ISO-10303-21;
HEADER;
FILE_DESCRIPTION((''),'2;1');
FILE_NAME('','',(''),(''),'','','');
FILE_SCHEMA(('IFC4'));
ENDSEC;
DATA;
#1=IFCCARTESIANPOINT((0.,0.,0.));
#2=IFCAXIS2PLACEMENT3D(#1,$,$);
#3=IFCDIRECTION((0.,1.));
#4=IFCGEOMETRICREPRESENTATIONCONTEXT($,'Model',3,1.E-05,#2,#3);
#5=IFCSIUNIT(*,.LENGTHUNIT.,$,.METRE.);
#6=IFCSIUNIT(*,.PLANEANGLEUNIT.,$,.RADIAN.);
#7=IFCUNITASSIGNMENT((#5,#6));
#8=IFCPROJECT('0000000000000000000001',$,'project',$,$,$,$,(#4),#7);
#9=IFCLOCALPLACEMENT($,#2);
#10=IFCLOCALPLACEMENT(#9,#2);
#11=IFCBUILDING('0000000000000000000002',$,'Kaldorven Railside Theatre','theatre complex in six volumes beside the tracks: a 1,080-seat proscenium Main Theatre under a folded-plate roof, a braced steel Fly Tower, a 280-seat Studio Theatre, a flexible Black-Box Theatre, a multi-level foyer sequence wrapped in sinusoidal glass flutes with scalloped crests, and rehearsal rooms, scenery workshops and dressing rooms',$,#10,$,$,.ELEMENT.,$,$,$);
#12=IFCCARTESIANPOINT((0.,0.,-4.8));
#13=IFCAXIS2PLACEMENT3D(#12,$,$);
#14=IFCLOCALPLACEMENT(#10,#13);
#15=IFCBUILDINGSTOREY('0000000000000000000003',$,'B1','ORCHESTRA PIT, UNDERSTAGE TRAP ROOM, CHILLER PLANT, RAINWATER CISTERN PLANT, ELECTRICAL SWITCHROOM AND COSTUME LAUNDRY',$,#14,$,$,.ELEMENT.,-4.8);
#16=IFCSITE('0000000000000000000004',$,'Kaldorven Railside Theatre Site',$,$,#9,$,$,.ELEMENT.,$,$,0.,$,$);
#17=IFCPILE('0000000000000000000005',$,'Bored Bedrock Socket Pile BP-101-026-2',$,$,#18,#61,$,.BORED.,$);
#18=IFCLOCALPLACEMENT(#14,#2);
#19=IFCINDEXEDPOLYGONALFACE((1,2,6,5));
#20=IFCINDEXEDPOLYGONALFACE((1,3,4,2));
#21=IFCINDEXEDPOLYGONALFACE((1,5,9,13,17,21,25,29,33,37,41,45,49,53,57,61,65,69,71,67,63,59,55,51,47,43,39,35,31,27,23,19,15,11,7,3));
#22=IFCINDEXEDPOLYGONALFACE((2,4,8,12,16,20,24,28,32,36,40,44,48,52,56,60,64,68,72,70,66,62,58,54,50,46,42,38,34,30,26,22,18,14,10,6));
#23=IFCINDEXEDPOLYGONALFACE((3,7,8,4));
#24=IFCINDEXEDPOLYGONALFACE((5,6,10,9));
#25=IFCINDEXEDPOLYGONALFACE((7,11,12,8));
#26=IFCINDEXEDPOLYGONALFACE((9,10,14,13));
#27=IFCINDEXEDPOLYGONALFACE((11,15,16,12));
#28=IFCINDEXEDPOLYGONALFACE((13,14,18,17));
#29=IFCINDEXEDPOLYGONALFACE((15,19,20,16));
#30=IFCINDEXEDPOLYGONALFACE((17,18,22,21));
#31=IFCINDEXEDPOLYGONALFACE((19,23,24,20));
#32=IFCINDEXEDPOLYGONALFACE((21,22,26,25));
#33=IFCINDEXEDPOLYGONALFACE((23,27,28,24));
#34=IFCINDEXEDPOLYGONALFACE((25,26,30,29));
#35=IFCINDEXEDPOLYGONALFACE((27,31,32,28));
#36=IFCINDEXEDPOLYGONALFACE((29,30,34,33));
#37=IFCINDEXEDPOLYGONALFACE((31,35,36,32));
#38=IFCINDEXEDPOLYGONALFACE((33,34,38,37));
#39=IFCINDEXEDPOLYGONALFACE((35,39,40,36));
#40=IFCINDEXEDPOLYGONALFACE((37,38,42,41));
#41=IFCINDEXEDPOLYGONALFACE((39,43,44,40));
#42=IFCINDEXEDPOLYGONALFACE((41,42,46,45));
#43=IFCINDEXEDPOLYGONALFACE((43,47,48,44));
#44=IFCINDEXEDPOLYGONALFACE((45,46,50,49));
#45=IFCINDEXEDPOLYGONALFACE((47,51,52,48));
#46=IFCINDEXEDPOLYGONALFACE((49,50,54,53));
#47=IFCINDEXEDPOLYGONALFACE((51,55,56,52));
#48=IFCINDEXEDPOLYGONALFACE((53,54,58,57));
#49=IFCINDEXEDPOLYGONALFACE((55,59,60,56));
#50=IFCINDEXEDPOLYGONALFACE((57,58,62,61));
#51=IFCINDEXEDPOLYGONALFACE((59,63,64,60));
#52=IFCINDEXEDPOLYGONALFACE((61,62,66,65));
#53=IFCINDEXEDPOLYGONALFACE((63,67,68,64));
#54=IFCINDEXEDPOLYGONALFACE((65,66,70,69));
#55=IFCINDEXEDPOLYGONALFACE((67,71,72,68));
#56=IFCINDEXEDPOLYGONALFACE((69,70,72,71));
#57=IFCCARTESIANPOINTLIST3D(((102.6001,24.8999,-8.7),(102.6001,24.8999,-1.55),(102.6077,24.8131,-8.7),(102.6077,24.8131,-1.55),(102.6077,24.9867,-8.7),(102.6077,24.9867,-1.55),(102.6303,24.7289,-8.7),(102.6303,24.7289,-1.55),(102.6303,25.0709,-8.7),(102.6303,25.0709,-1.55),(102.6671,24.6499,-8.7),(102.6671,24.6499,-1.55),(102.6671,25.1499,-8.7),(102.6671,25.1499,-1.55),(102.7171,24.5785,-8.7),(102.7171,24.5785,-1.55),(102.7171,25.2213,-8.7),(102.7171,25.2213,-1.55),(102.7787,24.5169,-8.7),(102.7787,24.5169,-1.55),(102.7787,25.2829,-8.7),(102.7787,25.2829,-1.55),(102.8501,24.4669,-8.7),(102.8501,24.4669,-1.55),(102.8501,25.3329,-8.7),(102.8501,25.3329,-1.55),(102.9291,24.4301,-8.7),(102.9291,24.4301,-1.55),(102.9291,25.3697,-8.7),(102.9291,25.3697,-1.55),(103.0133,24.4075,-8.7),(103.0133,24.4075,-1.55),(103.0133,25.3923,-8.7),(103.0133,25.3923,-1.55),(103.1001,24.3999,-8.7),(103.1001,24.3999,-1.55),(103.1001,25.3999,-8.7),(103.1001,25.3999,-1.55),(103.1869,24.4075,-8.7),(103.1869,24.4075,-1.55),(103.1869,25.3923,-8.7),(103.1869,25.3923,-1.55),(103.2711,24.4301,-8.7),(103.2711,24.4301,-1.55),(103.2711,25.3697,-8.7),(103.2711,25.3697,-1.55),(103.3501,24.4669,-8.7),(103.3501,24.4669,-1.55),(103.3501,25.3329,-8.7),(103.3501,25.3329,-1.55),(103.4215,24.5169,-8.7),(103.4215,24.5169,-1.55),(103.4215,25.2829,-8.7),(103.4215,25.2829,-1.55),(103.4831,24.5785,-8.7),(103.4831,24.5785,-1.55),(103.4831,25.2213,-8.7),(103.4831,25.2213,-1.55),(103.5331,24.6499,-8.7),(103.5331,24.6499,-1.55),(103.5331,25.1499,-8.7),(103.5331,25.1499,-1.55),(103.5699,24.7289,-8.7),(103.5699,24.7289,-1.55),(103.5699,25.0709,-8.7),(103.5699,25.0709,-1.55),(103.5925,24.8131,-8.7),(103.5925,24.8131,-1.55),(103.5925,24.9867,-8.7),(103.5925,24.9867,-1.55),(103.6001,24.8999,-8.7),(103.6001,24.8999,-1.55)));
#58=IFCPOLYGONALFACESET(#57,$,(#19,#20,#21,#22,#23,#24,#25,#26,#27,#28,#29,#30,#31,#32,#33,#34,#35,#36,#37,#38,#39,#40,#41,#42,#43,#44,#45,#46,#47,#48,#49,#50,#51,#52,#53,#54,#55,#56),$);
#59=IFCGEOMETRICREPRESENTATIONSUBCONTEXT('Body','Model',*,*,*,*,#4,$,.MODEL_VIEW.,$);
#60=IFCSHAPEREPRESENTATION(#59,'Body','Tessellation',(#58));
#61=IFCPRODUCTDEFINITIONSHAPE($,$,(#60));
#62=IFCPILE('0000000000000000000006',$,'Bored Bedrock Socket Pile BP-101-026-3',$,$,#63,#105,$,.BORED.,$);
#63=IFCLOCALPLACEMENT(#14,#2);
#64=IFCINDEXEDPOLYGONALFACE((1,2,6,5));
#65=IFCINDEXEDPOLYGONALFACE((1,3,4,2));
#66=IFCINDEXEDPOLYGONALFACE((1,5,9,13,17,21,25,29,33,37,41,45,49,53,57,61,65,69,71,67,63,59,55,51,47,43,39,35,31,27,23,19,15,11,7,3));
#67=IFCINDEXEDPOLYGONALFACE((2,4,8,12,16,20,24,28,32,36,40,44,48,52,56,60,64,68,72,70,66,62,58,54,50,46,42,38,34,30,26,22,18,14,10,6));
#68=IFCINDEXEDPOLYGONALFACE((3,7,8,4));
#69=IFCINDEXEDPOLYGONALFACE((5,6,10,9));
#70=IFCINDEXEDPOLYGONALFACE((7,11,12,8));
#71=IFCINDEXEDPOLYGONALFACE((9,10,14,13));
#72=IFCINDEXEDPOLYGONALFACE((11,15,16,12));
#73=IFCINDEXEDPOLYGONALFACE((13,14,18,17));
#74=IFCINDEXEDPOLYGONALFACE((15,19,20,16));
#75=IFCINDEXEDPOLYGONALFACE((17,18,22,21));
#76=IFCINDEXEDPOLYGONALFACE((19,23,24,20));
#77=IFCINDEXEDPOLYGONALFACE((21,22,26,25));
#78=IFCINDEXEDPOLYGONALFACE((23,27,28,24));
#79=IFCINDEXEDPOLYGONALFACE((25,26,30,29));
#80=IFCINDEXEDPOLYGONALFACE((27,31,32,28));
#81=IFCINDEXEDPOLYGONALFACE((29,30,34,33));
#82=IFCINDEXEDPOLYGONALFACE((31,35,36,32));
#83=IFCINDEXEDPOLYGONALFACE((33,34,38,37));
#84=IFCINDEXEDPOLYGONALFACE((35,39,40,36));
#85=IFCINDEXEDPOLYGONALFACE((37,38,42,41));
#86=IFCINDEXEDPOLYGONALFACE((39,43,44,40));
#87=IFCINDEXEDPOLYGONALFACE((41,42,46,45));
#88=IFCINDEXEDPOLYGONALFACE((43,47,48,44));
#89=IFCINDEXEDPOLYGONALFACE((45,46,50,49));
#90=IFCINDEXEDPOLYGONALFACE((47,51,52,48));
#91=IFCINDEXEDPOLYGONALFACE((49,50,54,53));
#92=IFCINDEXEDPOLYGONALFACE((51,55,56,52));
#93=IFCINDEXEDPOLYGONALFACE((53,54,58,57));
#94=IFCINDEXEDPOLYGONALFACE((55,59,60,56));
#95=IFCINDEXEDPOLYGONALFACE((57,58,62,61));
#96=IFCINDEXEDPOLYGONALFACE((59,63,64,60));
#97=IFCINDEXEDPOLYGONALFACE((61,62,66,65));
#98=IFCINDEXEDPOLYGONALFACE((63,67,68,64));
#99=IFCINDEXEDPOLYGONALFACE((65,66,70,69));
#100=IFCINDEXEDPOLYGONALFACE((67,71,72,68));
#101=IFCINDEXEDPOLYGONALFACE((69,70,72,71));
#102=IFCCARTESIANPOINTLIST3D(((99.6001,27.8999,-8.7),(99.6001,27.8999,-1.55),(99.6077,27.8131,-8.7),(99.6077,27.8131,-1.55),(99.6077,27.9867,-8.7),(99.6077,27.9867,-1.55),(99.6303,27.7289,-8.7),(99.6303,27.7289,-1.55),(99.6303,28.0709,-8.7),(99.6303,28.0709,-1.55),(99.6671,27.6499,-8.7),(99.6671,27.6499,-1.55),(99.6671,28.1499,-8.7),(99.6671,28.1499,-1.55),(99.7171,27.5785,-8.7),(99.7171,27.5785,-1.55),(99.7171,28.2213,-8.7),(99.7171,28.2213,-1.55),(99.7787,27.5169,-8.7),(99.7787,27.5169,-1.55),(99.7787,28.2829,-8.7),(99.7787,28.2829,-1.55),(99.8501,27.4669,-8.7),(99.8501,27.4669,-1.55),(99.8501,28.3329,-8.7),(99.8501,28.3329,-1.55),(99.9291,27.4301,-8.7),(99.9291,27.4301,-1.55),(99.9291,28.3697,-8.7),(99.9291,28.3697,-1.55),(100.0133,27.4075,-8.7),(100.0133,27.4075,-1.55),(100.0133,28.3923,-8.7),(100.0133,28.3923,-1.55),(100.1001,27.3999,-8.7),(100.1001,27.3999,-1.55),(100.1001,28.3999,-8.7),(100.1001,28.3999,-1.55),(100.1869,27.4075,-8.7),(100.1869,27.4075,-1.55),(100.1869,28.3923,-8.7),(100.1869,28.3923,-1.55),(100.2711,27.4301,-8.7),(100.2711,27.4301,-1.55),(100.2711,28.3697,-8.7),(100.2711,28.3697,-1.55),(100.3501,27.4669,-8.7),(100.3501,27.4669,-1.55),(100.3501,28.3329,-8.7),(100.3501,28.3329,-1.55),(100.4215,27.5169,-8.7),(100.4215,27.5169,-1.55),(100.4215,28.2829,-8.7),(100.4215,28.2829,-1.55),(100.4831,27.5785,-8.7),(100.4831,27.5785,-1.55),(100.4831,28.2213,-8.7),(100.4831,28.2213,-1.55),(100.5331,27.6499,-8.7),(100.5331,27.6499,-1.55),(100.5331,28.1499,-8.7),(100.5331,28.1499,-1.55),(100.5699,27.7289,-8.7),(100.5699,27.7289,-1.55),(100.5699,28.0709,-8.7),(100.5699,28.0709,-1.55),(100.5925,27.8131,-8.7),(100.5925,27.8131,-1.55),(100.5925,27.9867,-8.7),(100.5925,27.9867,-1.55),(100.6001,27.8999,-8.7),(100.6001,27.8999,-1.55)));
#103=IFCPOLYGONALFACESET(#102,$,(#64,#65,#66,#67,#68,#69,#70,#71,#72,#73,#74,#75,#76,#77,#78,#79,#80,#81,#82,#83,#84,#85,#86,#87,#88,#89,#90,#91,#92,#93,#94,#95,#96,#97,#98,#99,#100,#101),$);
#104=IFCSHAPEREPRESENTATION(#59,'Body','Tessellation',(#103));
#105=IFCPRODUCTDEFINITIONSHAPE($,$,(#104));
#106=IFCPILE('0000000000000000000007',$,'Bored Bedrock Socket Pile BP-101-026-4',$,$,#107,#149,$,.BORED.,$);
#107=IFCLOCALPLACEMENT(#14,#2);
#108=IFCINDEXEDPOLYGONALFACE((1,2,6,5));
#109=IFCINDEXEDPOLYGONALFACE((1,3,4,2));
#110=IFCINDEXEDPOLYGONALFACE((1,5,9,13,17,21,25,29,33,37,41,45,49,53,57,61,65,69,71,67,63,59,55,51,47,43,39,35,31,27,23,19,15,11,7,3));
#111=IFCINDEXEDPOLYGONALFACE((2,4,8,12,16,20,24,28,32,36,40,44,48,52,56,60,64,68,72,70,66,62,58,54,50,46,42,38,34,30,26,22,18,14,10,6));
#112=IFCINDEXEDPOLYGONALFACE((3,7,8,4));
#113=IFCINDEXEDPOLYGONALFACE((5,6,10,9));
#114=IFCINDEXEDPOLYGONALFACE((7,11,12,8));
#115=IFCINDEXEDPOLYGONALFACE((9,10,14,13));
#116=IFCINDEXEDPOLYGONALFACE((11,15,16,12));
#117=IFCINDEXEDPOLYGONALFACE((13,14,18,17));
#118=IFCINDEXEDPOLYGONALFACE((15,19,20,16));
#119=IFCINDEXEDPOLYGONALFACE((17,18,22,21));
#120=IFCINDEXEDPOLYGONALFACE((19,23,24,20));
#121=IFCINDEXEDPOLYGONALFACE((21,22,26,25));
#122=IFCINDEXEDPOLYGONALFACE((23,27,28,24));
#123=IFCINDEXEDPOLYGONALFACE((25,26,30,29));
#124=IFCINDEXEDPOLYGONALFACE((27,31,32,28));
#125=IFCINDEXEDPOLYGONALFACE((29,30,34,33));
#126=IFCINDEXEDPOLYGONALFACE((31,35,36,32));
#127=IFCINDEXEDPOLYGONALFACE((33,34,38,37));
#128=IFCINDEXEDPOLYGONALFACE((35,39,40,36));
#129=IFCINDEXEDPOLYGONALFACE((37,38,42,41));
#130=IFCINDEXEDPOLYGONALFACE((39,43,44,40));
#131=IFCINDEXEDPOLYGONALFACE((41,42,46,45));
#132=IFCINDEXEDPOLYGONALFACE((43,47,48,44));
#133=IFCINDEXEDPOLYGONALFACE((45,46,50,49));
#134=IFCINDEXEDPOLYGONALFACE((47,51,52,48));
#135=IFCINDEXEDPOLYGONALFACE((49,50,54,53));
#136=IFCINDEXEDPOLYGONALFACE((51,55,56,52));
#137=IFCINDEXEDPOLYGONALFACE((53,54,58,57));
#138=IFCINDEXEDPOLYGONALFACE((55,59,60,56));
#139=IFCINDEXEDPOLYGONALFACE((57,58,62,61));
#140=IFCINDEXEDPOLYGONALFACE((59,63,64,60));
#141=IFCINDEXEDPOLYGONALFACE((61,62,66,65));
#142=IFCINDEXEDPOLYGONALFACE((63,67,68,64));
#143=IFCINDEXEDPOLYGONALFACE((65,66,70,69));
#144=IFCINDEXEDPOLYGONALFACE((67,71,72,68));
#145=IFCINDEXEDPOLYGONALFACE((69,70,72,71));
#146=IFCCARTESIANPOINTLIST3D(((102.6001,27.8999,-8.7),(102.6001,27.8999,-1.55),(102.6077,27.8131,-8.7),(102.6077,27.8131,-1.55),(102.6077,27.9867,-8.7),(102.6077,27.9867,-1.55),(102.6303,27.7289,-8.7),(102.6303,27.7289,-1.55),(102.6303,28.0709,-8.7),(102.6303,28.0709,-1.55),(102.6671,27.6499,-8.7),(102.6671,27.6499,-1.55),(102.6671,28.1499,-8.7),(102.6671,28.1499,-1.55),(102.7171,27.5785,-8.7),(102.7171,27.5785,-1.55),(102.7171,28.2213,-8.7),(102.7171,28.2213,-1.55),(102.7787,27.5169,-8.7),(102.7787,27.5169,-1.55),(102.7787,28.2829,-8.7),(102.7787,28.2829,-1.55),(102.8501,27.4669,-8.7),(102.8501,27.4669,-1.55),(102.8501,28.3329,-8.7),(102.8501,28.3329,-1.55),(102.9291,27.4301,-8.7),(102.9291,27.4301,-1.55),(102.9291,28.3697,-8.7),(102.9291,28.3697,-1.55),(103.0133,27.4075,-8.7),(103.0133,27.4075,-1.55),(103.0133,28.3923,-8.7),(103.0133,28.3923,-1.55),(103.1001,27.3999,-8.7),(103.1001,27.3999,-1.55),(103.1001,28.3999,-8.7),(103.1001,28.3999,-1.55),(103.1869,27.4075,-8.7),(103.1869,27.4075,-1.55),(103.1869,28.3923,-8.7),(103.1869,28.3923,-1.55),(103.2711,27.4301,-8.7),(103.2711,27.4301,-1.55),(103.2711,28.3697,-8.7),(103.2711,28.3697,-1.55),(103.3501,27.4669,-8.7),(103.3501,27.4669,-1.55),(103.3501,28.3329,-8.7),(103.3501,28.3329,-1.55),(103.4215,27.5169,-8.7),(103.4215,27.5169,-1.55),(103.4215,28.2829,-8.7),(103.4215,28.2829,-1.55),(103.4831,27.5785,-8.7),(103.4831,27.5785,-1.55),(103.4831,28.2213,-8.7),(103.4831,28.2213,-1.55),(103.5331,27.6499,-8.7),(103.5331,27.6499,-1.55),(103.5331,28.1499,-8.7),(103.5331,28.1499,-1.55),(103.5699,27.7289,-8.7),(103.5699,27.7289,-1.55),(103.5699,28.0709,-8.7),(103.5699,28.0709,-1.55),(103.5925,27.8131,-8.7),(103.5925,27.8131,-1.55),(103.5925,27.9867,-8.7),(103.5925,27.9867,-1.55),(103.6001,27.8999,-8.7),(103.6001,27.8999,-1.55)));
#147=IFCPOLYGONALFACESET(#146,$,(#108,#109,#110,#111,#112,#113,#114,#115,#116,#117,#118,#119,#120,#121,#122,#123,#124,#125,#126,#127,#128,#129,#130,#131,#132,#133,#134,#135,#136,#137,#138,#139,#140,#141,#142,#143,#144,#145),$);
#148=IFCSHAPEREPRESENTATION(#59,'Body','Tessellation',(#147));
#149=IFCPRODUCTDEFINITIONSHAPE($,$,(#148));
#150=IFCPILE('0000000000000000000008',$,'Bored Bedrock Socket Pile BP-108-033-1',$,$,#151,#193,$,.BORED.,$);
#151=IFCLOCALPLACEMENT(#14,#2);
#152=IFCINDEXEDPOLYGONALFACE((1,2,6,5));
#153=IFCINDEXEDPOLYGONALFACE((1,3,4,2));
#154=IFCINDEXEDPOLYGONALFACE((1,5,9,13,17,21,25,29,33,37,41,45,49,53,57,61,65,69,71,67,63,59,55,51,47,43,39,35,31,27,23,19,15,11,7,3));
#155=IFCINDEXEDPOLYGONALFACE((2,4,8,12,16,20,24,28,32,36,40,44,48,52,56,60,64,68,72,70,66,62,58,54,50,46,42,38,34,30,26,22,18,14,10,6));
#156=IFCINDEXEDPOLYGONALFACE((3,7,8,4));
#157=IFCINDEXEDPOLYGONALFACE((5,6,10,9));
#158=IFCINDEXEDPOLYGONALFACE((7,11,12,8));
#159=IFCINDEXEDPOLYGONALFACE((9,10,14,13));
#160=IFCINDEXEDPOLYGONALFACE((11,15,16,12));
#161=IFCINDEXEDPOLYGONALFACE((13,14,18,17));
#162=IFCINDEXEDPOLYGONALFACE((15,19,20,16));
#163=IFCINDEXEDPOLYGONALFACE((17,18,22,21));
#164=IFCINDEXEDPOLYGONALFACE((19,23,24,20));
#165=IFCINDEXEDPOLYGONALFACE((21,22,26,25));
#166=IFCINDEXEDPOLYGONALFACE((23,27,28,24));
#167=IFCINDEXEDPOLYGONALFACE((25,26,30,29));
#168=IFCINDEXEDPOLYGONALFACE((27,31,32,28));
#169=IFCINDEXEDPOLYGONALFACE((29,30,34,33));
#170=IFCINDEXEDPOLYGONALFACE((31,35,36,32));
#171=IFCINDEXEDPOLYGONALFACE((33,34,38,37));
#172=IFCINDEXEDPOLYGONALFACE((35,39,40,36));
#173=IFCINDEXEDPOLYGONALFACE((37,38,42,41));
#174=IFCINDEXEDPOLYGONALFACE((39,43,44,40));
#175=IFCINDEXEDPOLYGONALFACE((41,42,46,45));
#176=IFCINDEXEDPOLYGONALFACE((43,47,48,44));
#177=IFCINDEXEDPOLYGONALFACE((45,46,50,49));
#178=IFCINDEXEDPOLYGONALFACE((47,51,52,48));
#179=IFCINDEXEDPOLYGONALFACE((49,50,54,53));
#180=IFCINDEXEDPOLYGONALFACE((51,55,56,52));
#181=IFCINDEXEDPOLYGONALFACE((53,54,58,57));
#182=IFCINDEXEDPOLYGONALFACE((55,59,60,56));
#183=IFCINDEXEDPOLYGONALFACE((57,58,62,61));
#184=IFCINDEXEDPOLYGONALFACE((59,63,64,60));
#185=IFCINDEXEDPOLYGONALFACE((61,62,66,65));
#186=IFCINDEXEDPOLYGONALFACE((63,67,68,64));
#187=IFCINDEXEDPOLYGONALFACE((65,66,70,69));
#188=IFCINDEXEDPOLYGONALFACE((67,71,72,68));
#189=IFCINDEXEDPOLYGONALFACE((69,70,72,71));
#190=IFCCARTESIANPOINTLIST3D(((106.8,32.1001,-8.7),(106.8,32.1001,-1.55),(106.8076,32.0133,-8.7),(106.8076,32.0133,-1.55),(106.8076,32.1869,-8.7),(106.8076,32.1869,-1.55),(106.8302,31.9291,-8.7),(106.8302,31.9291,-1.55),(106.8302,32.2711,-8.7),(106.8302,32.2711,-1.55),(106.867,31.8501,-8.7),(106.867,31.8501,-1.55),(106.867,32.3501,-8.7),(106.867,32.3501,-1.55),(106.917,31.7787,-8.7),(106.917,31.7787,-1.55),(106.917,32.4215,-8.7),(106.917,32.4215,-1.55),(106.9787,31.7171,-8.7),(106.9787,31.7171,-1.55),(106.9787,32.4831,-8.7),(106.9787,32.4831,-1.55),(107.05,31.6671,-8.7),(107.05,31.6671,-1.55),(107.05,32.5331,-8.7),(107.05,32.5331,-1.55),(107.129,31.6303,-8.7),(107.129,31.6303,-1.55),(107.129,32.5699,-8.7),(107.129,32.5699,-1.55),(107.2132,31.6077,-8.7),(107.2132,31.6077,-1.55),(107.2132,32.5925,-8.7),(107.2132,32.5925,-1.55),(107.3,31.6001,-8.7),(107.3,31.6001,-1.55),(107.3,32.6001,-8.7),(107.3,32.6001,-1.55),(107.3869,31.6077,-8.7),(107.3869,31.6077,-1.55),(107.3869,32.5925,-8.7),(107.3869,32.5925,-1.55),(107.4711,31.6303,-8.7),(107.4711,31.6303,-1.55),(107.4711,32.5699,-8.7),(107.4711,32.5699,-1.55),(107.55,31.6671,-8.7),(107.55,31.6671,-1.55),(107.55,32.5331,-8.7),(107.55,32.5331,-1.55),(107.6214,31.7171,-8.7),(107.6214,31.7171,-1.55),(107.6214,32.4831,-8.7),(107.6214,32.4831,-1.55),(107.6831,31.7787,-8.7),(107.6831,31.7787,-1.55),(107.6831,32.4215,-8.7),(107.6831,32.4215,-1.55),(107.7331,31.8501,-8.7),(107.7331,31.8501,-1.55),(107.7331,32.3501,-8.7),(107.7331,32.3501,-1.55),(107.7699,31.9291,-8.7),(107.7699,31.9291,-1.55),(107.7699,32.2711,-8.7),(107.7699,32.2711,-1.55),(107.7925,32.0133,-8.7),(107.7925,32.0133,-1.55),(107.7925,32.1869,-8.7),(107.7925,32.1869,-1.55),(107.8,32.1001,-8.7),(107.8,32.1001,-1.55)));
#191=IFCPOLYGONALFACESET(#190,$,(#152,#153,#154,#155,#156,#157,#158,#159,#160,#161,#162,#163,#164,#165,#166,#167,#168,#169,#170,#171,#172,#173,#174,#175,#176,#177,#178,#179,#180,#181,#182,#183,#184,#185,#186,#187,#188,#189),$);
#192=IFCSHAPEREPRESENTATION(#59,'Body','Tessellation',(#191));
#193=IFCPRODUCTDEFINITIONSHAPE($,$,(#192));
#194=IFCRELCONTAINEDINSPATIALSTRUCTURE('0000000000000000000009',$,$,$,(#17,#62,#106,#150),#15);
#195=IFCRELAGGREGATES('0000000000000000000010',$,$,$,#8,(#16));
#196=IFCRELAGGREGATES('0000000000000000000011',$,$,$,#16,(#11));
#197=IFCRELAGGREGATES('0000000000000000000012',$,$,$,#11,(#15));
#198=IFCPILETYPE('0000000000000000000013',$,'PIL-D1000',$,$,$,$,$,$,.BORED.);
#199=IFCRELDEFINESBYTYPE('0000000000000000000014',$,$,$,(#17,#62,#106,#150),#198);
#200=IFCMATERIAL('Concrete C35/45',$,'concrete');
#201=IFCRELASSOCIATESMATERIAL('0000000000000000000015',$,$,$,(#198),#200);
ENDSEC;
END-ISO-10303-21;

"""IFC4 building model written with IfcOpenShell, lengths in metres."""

from ifc_helpers import new_model, si_unit, direction, frame, origin, origin_2d, place, context, subcontext, project, spatial, circle, extrude, material, material_profile, profile_set, type_object, element, save


model = new_model("IFC4")

# Units and contexts
model_context = context("Model", 3, precision=1e-05, world=origin(), true_north=direction((0.0, 1.0)))
body_context = subcontext(model_context, "Body", "Model", "MODEL_VIEW")
ifc_project = project(units=[si_unit("LENGTHUNIT", "METRE"), si_unit("PLANEANGLEUNIT", "RADIAN")], contexts=[model_context])

# Site, building, storey
site_placement = place(None, origin())
site = spatial("IfcSite", under=ifc_project, at=site_placement, Name="Kaldorven Railside Theatre Site", CompositionType="ELEMENT", RefElevation=0.0)
building_placement = place(site_placement, origin())
building = spatial("IfcBuilding", under=site, at=building_placement, Name="Kaldorven Railside Theatre", Description="theatre complex in six volumes beside the tracks: a 1,080-seat proscenium Main Theatre under a folded-plate roof, a braced steel Fly Tower, a 280-seat Studio Theatre, a flexible Black-Box Theatre, a multi-level foyer sequence wrapped in sinusoidal glass flutes with scalloped crests, and rehearsal rooms, scenery workshops and dressing rooms", CompositionType="ELEMENT")
storey_placement = place(building_placement, frame((0.0, 0.0, -4.8)))
storey = spatial("IfcBuildingStorey", under=building, at=storey_placement, Name="B1", Description="ORCHESTRA PIT, UNDERSTAGE TRAP ROOM, CHILLER PLANT, RAINWATER CISTERN PLANT, ELECTRICAL SWITCHROOM AND COSTUME LAUNDRY", CompositionType="ELEMENT", Elevation=-4.8)

# Piles
ifc_material_1 = material(Name="Concrete C35/45", Category="concrete")
ifc_material_profile_1 = material_profile(ifc_material_1, circle(Radius=0.5, at=origin_2d()), Name="BP D1000")
ifc_profile_set_1 = profile_set([ifc_material_profile_1], Name="Concrete C35/45")
pile_type_1 = type_object("IfcPileType", Name="PIL-D1000", PredefinedType="BORED", material=ifc_profile_set_1)
for number, where, z_axis, x_axis, name in (
    (1, (103.1001, 24.8999, -1.55), (0.0, 0.0, -1.0), (1.0, 0.0, 0.0), "Bored Bedrock Socket Pile BP-101-026-2"),
    (2, (100.1001, 27.8999, -1.55), (0.0, 0.0, -1.0), (1.0, 0.0, 0.0), "Bored Bedrock Socket Pile BP-101-026-3"),
    (3, (103.1001, 27.8999, -1.55), (0.0, 0.0, -1.0), (1.0, 0.0, 0.0), "Bored Bedrock Socket Pile BP-101-026-4"),
    (4, (107.3, 32.1001, -1.55), (0.0, 0.0, -1.0), (1.0, 0.0, 0.0), "Bored Bedrock Socket Pile BP-108-033-1"),
):
    element("IfcPile", number, at=place(storey_placement, frame(where, z_axis=z_axis, x_axis=x_axis)), inside=storey, type_object=pile_type_1, Name=name, PredefinedType="BORED", context=body_context, shape_type="SweptSolid", body=[
        extrude(circle(Radius=0.5, at=origin_2d()), origin(), (0.0, 0.0, 1.0), 7.1499),
    ])

save(model, "model.ifc")
